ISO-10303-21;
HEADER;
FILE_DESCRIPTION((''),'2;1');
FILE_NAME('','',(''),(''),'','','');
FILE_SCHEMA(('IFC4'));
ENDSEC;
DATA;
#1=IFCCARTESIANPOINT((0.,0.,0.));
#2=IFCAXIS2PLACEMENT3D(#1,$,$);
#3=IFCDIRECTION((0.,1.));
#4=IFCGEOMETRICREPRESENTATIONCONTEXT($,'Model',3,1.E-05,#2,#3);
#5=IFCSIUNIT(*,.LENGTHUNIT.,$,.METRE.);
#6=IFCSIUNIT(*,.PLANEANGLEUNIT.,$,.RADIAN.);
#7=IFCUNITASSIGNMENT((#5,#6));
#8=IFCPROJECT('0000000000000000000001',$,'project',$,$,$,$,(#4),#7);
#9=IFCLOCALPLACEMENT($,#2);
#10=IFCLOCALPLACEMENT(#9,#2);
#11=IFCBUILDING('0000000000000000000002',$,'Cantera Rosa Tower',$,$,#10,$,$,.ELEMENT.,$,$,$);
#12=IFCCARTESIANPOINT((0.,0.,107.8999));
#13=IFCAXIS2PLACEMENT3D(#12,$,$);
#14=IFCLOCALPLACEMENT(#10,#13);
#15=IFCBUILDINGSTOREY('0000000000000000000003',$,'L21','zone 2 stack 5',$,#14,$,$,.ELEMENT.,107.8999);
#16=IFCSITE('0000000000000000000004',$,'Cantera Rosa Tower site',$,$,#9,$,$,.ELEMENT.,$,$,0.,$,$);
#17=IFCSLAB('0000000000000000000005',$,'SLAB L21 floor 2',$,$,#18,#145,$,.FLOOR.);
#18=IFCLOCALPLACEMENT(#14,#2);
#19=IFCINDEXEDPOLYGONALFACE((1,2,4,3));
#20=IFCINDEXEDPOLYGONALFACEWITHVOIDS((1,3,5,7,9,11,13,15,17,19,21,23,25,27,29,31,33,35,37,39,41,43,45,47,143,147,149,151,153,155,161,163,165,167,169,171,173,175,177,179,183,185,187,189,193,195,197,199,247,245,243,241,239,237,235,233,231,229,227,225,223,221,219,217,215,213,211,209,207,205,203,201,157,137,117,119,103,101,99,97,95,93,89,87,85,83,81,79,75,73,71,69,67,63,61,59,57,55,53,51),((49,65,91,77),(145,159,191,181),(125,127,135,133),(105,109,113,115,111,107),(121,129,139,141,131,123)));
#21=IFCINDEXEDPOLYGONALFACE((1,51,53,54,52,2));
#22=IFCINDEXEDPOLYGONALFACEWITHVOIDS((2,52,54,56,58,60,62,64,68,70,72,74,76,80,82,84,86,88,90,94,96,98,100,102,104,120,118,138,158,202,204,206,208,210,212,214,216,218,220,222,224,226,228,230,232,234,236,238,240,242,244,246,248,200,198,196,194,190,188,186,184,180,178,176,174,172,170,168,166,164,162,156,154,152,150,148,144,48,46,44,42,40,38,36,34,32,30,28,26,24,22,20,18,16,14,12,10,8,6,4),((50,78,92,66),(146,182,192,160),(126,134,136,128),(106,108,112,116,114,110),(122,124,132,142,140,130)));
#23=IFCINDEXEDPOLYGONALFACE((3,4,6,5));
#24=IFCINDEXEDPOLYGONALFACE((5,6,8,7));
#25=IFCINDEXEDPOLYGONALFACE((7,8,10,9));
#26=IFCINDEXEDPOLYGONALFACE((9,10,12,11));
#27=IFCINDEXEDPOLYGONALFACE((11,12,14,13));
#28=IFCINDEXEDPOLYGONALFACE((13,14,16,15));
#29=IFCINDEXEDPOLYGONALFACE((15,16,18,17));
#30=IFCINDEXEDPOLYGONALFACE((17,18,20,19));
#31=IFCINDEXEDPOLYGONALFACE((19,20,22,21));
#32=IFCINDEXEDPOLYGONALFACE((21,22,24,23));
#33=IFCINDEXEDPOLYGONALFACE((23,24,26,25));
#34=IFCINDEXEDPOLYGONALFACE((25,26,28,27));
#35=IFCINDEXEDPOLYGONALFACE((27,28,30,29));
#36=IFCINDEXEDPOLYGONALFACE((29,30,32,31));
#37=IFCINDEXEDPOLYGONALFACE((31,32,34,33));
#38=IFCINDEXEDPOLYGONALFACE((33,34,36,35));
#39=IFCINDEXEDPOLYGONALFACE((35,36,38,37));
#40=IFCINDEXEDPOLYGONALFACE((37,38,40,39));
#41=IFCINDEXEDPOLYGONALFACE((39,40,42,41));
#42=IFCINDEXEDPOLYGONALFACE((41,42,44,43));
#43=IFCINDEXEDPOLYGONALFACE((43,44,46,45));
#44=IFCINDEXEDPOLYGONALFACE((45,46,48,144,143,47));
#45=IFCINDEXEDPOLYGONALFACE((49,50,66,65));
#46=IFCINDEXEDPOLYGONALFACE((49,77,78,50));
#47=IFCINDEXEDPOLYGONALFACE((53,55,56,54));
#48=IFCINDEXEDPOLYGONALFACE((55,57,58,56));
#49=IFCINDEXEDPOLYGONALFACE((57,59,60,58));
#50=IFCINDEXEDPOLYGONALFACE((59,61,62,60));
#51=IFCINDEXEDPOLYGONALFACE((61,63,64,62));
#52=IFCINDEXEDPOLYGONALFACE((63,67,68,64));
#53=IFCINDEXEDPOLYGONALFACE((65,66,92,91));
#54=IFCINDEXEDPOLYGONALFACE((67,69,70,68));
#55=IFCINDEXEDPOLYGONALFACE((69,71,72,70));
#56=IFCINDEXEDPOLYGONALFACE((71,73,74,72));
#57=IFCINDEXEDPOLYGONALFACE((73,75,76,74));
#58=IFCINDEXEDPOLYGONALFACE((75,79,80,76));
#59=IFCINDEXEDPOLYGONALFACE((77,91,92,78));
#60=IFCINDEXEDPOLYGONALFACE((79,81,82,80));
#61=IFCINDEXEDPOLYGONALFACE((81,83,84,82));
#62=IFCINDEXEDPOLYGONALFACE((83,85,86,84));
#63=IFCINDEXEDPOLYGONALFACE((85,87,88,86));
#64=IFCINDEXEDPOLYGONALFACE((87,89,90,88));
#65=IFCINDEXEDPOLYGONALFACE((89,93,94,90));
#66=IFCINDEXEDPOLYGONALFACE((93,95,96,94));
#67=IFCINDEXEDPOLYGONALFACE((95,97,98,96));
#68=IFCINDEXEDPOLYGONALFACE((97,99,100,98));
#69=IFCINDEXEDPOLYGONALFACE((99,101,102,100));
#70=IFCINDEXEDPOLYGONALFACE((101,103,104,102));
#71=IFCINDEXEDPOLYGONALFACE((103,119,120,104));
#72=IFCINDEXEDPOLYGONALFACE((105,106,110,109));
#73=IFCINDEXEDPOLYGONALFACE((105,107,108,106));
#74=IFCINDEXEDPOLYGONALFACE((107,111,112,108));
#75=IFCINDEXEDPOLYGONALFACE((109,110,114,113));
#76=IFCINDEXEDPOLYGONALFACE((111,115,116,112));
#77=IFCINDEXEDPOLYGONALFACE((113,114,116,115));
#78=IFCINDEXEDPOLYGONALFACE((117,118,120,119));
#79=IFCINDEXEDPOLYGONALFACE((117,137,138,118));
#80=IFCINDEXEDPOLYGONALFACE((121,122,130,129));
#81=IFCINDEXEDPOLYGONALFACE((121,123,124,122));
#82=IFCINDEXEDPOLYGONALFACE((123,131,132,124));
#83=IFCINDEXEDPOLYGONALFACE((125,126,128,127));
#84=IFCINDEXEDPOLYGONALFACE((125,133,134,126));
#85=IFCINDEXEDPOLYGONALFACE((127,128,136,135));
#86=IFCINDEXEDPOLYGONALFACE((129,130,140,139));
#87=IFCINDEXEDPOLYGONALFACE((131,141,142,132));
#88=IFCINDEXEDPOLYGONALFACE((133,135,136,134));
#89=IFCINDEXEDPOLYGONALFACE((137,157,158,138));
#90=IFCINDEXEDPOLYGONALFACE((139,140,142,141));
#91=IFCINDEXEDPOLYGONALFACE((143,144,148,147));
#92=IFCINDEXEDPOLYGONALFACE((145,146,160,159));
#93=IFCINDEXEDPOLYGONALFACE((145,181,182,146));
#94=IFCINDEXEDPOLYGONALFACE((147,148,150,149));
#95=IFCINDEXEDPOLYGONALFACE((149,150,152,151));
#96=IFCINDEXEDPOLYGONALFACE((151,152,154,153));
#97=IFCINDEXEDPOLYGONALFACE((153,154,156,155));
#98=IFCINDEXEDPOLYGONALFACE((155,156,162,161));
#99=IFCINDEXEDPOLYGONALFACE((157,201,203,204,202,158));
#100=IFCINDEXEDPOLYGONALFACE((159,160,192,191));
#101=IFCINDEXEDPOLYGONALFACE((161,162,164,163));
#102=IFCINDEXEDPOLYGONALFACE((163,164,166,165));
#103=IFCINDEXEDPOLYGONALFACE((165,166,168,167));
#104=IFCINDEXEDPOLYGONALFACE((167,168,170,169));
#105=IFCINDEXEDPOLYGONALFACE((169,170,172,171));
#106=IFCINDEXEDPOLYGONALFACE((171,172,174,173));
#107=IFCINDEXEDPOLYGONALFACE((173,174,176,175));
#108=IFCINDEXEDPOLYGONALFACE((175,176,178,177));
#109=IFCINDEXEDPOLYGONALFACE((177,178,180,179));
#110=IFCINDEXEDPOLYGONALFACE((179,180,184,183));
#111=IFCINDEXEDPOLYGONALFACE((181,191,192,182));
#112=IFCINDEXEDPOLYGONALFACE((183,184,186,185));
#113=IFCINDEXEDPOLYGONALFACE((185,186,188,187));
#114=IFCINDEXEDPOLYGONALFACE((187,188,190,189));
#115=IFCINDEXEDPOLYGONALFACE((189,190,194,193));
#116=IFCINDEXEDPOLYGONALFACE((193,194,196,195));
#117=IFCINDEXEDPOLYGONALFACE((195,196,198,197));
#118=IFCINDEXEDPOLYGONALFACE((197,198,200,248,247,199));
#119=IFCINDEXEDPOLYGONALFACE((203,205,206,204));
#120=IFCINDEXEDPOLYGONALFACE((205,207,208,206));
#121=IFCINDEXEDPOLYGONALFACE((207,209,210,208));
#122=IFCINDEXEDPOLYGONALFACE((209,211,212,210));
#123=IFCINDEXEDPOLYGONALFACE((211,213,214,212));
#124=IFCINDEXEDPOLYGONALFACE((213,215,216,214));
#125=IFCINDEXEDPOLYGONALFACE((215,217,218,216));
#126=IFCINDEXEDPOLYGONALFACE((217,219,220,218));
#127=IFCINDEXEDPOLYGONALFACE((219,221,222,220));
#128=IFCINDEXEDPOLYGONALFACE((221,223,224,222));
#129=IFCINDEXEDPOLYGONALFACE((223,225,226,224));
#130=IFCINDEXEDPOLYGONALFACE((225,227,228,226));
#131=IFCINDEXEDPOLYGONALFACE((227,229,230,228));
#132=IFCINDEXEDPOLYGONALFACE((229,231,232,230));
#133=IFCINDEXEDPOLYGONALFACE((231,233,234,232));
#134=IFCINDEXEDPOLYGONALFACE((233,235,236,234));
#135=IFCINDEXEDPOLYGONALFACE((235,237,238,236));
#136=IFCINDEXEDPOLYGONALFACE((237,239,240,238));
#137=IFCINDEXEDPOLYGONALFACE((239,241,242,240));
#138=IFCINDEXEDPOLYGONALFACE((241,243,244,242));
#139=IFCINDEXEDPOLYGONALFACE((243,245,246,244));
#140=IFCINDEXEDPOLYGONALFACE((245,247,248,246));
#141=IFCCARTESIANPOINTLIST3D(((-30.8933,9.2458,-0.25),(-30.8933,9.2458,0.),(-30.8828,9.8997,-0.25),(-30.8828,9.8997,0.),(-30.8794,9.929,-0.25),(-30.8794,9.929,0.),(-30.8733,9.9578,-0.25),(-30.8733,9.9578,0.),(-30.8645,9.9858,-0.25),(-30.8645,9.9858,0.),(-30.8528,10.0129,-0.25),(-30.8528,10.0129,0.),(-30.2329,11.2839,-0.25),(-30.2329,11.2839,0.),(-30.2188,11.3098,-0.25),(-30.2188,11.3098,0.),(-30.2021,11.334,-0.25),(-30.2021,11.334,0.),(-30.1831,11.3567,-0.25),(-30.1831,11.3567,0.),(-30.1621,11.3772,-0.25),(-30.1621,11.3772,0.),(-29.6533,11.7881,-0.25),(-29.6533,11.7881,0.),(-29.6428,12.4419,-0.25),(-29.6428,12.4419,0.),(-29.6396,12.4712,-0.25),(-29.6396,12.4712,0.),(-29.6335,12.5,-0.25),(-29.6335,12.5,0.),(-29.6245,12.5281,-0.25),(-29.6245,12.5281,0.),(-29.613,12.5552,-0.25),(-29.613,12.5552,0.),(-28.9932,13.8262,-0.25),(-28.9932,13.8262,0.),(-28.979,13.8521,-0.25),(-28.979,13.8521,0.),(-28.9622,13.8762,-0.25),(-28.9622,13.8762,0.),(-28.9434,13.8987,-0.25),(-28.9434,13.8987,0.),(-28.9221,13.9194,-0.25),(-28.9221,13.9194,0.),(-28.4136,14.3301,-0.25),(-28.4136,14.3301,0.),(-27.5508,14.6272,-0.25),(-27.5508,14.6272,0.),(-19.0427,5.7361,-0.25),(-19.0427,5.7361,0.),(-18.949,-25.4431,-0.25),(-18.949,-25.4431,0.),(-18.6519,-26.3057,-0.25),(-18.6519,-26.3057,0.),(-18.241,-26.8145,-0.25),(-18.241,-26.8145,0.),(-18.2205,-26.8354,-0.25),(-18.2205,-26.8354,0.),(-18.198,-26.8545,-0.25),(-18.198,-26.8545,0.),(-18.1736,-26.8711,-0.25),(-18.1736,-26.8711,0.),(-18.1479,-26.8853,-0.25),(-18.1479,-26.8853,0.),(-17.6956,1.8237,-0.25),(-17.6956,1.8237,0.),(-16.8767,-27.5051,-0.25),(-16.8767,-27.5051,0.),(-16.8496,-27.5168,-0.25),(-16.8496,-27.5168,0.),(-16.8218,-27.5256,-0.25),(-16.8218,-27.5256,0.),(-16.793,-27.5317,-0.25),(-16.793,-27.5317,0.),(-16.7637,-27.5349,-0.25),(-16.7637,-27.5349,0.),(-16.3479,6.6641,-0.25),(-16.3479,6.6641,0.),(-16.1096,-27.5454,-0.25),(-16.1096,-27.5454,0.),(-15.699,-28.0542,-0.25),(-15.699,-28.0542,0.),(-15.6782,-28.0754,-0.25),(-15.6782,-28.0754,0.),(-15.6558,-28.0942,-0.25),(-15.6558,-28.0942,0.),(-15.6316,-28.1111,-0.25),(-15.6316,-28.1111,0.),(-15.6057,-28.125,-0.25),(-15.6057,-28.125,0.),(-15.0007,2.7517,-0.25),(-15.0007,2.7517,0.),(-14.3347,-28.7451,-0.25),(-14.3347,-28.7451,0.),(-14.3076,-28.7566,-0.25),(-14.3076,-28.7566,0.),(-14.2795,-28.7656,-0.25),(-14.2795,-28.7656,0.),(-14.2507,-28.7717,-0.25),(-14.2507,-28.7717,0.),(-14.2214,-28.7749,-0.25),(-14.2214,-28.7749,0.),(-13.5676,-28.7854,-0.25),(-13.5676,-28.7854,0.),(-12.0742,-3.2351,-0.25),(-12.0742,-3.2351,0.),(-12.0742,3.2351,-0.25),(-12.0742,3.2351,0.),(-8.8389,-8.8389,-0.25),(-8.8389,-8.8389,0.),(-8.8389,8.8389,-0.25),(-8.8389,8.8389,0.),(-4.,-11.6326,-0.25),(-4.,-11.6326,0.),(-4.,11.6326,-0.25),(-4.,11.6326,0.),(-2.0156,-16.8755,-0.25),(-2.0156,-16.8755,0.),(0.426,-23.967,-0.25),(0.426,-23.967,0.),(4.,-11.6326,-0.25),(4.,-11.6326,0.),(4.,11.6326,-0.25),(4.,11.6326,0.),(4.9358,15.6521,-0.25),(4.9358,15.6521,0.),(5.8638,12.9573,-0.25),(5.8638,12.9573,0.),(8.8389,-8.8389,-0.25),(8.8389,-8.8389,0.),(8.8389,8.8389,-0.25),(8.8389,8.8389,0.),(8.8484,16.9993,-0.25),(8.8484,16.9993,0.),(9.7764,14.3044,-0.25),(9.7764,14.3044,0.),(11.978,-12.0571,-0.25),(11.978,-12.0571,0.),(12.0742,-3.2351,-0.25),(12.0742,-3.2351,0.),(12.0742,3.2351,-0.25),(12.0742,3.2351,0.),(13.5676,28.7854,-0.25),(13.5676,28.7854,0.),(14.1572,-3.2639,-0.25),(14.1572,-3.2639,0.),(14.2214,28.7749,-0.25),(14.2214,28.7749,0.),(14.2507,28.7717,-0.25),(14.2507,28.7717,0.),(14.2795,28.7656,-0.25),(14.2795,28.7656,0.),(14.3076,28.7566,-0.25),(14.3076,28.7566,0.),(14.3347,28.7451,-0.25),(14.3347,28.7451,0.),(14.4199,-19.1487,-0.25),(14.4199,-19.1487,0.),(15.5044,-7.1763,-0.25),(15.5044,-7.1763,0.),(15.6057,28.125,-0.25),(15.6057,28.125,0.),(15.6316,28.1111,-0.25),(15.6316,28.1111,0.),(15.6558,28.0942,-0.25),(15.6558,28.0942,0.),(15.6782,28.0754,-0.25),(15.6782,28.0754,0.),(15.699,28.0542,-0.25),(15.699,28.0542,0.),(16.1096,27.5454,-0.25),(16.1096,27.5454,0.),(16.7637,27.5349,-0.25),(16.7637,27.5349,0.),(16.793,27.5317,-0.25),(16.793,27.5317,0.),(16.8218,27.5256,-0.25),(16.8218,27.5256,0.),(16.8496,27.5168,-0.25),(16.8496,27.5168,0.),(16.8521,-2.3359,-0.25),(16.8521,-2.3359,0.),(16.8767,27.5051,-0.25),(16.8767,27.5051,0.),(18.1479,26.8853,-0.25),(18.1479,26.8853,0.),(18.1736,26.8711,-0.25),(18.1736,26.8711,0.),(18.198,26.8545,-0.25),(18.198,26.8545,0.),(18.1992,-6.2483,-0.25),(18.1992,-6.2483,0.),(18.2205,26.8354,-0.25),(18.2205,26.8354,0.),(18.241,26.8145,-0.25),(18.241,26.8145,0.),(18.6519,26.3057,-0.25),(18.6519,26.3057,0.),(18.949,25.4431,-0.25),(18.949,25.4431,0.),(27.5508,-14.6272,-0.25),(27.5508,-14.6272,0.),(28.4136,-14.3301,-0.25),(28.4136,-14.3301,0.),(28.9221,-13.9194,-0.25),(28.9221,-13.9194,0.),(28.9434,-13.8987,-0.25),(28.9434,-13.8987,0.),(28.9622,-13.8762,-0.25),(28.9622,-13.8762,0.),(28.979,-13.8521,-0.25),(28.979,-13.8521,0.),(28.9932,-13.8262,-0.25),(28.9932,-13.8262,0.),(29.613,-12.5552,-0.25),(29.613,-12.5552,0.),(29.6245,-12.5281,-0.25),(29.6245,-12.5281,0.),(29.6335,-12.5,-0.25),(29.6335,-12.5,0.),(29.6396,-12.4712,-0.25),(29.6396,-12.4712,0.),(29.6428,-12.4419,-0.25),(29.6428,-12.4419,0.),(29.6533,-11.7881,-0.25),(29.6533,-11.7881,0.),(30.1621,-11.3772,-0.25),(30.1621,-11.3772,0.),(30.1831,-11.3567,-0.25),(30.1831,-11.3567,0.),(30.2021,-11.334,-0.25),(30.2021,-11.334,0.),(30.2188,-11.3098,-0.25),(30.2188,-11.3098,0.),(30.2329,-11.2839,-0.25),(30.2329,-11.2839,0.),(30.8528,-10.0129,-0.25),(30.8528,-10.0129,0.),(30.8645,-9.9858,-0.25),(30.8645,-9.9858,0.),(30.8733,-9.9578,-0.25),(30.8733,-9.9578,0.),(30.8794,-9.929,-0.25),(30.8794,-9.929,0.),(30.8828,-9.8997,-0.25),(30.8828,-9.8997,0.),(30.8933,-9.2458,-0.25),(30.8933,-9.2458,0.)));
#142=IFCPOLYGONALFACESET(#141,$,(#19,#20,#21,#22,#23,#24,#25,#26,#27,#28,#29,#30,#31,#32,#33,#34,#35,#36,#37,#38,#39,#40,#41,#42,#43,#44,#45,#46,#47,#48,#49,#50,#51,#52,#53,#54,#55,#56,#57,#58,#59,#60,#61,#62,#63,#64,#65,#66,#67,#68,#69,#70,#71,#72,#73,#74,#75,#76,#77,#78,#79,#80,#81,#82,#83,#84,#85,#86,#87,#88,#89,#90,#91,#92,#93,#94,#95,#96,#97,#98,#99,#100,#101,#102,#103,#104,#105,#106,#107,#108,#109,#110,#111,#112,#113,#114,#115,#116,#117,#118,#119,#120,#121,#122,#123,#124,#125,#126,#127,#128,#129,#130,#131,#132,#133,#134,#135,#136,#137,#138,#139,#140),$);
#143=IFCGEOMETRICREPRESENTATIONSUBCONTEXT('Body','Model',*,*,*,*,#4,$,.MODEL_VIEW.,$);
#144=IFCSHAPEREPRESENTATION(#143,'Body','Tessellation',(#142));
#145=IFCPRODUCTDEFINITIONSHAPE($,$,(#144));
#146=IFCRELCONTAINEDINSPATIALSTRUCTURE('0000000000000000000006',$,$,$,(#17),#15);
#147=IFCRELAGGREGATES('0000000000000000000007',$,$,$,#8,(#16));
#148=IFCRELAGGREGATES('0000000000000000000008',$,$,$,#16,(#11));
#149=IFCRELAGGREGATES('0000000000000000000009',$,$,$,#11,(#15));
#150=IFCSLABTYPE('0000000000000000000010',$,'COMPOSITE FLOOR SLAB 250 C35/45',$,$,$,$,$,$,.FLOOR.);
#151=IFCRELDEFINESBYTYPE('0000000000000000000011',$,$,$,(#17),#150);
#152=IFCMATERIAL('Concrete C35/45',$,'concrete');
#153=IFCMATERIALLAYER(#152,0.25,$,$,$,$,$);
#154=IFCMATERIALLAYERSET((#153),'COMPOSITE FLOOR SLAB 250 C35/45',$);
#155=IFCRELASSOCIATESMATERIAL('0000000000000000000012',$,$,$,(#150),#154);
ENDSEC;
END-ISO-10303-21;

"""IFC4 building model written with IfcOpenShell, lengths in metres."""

from ifc_helpers import new_model, si_unit, direction, frame, origin, place, context, subcontext, project, spatial, polyline, outline, extrude, material, layer, layer_set, type_object, element, save


model = new_model("IFC4")

# Units and contexts
model_context = context("Model", 3, precision=1e-05, world=origin(), true_north=direction((0.0, 1.0)))
body_context = subcontext(model_context, "Body", "Model", "MODEL_VIEW")
ifc_project = project(units=[si_unit("LENGTHUNIT", "METRE"), si_unit("PLANEANGLEUNIT", "RADIAN")], contexts=[model_context])

# Site, building, storey
site_placement = place(None, origin())
site = spatial("IfcSite", under=ifc_project, at=site_placement, Name="Cantera Rosa Tower site", CompositionType="ELEMENT", RefElevation=0.0)
building_placement = place(site_placement, origin())
building = spatial("IfcBuilding", under=site, at=building_placement, Name="Cantera Rosa Tower", CompositionType="ELEMENT")
storey_placement = place(building_placement, frame((0.0, 0.0, 107.8999)))
storey = spatial("IfcBuildingStorey", under=building, at=storey_placement, Name="L21", Description="zone 2 stack 5", CompositionType="ELEMENT", Elevation=107.8999)

# Slab
ifc_material_1 = material(Name="Concrete C35/45", Category="concrete")
ifc_layer_1 = layer(ifc_material_1, 0.25)
ifc_layer_set_1 = layer_set([ifc_layer_1], Name="COMPOSITE FLOOR SLAB 250 C35/45")
slab_type_1 = type_object("IfcSlabType", Name="COMPOSITE FLOOR SLAB 250 C35/45", PredefinedType="FLOOR", material=ifc_layer_set_1)
slab_1_placement = place(storey_placement, frame((0.0, 0.0, -0.25)))
element("IfcSlab", 1, at=slab_1_placement, inside=storey, type_object=slab_type_1, Name="SLAB L21 floor 2", PredefinedType="FLOOR", context=body_context, shape_type="SweptSolid", body=[
    extrude(outline(polyline([(-14.3347, -28.7451), (-15.6057, -28.125), (-15.6316, -28.1111), (-15.6558, -28.0942), (-15.6782, -28.0754), (-15.699, -28.0542), (-16.1096, -27.5454), (-16.7637, -27.5349), (-16.793, -27.5317), (-16.8218, -27.5256), (-16.8496, -27.5168), (-16.8767, -27.5051), (-18.1479, -26.8853), (-18.1736, -26.8711), (-18.198, -26.8545), (-18.2205, -26.8354), (-18.241, -26.8145), (-18.6519, -26.3057), (-18.949, -25.4431), (-30.8933, 9.2458), (-30.8828, 9.8997), (-30.8794, 9.929), (-30.8733, 9.9578), (-30.8645, 9.9858), (-30.8528, 10.0129), (-30.2329, 11.2839), (-30.2188, 11.3098), (-30.2021, 11.334), (-30.1831, 11.3567), (-30.1621, 11.3772), (-29.6533, 11.7881), (-29.6428, 12.4419), (-29.6396, 12.4712), (-29.6335, 12.5), (-29.6245, 12.5281), (-29.613, 12.5552), (-28.9932, 13.8262), (-28.979, 13.8521), (-28.9622, 13.8762), (-28.9434, 13.8987), (-28.9221, 13.9194), (-28.4136, 14.3301), (-27.5508, 14.6272), (13.5676, 28.7854), (14.2214, 28.7749), (14.2507, 28.7717), (14.2795, 28.7656), (14.3076, 28.7566), (14.3347, 28.7451), (15.6057, 28.125), (15.6316, 28.1111), (15.6558, 28.0942), (15.6782, 28.0754), (15.699, 28.0542), (16.1096, 27.5454), (16.7637, 27.5349), (16.793, 27.5317), (16.8218, 27.5256), (16.8496, 27.5168), (16.8767, 27.5051), (18.1479, 26.8853), (18.1736, 26.8711), (18.198, 26.8545), (18.2205, 26.8354), (18.241, 26.8145), (18.6519, 26.3057), (18.949, 25.4431), (30.8933, -9.2458), (30.8828, -9.8997), (30.8794, -9.929), (30.8733, -9.9578), (30.8645, -9.9858), (30.8528, -10.0129), (30.2329, -11.2839), (30.2188, -11.3098), (30.2021, -11.334), (30.1831, -11.3567), (30.1621, -11.3772), (29.6533, -11.7881), (29.6428, -12.4419), (29.6396, -12.4712), (29.6335, -12.5), (29.6245, -12.5281), (29.613, -12.5552), (28.9932, -13.8262), (28.979, -13.8521), (28.9622, -13.8762), (28.9434, -13.8987), (28.9221, -13.9194), (28.4136, -14.3301), (27.5508, -14.6272), (14.4199, -19.1487), (11.978, -12.0571), (-2.0156, -16.8755), (0.426, -23.967), (-13.5676, -28.7854), (-14.2214, -28.7749), (-14.2507, -28.7717), (-14.2795, -28.7656), (-14.3076, -28.7566), (-14.3347, -28.7451)]), holes=[polyline([(-8.8389, 8.8389), (-12.0742, 3.2351), (-12.0742, -3.2351), (-8.8389, -8.8389), (-4.0, -11.6326), (-4.0, 11.6326), (-8.8389, 8.8389)]), polyline([(-17.6956, 1.8237), (-15.0007, 2.7517), (-16.3479, 6.6641), (-19.0427, 5.7361), (-17.6956, 1.8237)]), polyline([(15.5044, -7.1763), (18.1992, -6.2483), (16.8521, -2.3359), (14.1572, -3.2639), (15.5044, -7.1763)]), polyline([(4.0, -11.6326), (8.8389, -8.8389), (12.0742, -3.2351), (12.0742, 3.2351), (8.8389, 8.8389), (4.0, 11.6326), (4.0, -11.6326)]), polyline([(9.7764, 14.3044), (8.8484, 16.9993), (4.9358, 15.6521), (5.8638, 12.9573), (9.7764, 14.3044)])]), origin(), (0.0, 0.0, 1.0), 0.25),
])

save(model, "model.ifc")
